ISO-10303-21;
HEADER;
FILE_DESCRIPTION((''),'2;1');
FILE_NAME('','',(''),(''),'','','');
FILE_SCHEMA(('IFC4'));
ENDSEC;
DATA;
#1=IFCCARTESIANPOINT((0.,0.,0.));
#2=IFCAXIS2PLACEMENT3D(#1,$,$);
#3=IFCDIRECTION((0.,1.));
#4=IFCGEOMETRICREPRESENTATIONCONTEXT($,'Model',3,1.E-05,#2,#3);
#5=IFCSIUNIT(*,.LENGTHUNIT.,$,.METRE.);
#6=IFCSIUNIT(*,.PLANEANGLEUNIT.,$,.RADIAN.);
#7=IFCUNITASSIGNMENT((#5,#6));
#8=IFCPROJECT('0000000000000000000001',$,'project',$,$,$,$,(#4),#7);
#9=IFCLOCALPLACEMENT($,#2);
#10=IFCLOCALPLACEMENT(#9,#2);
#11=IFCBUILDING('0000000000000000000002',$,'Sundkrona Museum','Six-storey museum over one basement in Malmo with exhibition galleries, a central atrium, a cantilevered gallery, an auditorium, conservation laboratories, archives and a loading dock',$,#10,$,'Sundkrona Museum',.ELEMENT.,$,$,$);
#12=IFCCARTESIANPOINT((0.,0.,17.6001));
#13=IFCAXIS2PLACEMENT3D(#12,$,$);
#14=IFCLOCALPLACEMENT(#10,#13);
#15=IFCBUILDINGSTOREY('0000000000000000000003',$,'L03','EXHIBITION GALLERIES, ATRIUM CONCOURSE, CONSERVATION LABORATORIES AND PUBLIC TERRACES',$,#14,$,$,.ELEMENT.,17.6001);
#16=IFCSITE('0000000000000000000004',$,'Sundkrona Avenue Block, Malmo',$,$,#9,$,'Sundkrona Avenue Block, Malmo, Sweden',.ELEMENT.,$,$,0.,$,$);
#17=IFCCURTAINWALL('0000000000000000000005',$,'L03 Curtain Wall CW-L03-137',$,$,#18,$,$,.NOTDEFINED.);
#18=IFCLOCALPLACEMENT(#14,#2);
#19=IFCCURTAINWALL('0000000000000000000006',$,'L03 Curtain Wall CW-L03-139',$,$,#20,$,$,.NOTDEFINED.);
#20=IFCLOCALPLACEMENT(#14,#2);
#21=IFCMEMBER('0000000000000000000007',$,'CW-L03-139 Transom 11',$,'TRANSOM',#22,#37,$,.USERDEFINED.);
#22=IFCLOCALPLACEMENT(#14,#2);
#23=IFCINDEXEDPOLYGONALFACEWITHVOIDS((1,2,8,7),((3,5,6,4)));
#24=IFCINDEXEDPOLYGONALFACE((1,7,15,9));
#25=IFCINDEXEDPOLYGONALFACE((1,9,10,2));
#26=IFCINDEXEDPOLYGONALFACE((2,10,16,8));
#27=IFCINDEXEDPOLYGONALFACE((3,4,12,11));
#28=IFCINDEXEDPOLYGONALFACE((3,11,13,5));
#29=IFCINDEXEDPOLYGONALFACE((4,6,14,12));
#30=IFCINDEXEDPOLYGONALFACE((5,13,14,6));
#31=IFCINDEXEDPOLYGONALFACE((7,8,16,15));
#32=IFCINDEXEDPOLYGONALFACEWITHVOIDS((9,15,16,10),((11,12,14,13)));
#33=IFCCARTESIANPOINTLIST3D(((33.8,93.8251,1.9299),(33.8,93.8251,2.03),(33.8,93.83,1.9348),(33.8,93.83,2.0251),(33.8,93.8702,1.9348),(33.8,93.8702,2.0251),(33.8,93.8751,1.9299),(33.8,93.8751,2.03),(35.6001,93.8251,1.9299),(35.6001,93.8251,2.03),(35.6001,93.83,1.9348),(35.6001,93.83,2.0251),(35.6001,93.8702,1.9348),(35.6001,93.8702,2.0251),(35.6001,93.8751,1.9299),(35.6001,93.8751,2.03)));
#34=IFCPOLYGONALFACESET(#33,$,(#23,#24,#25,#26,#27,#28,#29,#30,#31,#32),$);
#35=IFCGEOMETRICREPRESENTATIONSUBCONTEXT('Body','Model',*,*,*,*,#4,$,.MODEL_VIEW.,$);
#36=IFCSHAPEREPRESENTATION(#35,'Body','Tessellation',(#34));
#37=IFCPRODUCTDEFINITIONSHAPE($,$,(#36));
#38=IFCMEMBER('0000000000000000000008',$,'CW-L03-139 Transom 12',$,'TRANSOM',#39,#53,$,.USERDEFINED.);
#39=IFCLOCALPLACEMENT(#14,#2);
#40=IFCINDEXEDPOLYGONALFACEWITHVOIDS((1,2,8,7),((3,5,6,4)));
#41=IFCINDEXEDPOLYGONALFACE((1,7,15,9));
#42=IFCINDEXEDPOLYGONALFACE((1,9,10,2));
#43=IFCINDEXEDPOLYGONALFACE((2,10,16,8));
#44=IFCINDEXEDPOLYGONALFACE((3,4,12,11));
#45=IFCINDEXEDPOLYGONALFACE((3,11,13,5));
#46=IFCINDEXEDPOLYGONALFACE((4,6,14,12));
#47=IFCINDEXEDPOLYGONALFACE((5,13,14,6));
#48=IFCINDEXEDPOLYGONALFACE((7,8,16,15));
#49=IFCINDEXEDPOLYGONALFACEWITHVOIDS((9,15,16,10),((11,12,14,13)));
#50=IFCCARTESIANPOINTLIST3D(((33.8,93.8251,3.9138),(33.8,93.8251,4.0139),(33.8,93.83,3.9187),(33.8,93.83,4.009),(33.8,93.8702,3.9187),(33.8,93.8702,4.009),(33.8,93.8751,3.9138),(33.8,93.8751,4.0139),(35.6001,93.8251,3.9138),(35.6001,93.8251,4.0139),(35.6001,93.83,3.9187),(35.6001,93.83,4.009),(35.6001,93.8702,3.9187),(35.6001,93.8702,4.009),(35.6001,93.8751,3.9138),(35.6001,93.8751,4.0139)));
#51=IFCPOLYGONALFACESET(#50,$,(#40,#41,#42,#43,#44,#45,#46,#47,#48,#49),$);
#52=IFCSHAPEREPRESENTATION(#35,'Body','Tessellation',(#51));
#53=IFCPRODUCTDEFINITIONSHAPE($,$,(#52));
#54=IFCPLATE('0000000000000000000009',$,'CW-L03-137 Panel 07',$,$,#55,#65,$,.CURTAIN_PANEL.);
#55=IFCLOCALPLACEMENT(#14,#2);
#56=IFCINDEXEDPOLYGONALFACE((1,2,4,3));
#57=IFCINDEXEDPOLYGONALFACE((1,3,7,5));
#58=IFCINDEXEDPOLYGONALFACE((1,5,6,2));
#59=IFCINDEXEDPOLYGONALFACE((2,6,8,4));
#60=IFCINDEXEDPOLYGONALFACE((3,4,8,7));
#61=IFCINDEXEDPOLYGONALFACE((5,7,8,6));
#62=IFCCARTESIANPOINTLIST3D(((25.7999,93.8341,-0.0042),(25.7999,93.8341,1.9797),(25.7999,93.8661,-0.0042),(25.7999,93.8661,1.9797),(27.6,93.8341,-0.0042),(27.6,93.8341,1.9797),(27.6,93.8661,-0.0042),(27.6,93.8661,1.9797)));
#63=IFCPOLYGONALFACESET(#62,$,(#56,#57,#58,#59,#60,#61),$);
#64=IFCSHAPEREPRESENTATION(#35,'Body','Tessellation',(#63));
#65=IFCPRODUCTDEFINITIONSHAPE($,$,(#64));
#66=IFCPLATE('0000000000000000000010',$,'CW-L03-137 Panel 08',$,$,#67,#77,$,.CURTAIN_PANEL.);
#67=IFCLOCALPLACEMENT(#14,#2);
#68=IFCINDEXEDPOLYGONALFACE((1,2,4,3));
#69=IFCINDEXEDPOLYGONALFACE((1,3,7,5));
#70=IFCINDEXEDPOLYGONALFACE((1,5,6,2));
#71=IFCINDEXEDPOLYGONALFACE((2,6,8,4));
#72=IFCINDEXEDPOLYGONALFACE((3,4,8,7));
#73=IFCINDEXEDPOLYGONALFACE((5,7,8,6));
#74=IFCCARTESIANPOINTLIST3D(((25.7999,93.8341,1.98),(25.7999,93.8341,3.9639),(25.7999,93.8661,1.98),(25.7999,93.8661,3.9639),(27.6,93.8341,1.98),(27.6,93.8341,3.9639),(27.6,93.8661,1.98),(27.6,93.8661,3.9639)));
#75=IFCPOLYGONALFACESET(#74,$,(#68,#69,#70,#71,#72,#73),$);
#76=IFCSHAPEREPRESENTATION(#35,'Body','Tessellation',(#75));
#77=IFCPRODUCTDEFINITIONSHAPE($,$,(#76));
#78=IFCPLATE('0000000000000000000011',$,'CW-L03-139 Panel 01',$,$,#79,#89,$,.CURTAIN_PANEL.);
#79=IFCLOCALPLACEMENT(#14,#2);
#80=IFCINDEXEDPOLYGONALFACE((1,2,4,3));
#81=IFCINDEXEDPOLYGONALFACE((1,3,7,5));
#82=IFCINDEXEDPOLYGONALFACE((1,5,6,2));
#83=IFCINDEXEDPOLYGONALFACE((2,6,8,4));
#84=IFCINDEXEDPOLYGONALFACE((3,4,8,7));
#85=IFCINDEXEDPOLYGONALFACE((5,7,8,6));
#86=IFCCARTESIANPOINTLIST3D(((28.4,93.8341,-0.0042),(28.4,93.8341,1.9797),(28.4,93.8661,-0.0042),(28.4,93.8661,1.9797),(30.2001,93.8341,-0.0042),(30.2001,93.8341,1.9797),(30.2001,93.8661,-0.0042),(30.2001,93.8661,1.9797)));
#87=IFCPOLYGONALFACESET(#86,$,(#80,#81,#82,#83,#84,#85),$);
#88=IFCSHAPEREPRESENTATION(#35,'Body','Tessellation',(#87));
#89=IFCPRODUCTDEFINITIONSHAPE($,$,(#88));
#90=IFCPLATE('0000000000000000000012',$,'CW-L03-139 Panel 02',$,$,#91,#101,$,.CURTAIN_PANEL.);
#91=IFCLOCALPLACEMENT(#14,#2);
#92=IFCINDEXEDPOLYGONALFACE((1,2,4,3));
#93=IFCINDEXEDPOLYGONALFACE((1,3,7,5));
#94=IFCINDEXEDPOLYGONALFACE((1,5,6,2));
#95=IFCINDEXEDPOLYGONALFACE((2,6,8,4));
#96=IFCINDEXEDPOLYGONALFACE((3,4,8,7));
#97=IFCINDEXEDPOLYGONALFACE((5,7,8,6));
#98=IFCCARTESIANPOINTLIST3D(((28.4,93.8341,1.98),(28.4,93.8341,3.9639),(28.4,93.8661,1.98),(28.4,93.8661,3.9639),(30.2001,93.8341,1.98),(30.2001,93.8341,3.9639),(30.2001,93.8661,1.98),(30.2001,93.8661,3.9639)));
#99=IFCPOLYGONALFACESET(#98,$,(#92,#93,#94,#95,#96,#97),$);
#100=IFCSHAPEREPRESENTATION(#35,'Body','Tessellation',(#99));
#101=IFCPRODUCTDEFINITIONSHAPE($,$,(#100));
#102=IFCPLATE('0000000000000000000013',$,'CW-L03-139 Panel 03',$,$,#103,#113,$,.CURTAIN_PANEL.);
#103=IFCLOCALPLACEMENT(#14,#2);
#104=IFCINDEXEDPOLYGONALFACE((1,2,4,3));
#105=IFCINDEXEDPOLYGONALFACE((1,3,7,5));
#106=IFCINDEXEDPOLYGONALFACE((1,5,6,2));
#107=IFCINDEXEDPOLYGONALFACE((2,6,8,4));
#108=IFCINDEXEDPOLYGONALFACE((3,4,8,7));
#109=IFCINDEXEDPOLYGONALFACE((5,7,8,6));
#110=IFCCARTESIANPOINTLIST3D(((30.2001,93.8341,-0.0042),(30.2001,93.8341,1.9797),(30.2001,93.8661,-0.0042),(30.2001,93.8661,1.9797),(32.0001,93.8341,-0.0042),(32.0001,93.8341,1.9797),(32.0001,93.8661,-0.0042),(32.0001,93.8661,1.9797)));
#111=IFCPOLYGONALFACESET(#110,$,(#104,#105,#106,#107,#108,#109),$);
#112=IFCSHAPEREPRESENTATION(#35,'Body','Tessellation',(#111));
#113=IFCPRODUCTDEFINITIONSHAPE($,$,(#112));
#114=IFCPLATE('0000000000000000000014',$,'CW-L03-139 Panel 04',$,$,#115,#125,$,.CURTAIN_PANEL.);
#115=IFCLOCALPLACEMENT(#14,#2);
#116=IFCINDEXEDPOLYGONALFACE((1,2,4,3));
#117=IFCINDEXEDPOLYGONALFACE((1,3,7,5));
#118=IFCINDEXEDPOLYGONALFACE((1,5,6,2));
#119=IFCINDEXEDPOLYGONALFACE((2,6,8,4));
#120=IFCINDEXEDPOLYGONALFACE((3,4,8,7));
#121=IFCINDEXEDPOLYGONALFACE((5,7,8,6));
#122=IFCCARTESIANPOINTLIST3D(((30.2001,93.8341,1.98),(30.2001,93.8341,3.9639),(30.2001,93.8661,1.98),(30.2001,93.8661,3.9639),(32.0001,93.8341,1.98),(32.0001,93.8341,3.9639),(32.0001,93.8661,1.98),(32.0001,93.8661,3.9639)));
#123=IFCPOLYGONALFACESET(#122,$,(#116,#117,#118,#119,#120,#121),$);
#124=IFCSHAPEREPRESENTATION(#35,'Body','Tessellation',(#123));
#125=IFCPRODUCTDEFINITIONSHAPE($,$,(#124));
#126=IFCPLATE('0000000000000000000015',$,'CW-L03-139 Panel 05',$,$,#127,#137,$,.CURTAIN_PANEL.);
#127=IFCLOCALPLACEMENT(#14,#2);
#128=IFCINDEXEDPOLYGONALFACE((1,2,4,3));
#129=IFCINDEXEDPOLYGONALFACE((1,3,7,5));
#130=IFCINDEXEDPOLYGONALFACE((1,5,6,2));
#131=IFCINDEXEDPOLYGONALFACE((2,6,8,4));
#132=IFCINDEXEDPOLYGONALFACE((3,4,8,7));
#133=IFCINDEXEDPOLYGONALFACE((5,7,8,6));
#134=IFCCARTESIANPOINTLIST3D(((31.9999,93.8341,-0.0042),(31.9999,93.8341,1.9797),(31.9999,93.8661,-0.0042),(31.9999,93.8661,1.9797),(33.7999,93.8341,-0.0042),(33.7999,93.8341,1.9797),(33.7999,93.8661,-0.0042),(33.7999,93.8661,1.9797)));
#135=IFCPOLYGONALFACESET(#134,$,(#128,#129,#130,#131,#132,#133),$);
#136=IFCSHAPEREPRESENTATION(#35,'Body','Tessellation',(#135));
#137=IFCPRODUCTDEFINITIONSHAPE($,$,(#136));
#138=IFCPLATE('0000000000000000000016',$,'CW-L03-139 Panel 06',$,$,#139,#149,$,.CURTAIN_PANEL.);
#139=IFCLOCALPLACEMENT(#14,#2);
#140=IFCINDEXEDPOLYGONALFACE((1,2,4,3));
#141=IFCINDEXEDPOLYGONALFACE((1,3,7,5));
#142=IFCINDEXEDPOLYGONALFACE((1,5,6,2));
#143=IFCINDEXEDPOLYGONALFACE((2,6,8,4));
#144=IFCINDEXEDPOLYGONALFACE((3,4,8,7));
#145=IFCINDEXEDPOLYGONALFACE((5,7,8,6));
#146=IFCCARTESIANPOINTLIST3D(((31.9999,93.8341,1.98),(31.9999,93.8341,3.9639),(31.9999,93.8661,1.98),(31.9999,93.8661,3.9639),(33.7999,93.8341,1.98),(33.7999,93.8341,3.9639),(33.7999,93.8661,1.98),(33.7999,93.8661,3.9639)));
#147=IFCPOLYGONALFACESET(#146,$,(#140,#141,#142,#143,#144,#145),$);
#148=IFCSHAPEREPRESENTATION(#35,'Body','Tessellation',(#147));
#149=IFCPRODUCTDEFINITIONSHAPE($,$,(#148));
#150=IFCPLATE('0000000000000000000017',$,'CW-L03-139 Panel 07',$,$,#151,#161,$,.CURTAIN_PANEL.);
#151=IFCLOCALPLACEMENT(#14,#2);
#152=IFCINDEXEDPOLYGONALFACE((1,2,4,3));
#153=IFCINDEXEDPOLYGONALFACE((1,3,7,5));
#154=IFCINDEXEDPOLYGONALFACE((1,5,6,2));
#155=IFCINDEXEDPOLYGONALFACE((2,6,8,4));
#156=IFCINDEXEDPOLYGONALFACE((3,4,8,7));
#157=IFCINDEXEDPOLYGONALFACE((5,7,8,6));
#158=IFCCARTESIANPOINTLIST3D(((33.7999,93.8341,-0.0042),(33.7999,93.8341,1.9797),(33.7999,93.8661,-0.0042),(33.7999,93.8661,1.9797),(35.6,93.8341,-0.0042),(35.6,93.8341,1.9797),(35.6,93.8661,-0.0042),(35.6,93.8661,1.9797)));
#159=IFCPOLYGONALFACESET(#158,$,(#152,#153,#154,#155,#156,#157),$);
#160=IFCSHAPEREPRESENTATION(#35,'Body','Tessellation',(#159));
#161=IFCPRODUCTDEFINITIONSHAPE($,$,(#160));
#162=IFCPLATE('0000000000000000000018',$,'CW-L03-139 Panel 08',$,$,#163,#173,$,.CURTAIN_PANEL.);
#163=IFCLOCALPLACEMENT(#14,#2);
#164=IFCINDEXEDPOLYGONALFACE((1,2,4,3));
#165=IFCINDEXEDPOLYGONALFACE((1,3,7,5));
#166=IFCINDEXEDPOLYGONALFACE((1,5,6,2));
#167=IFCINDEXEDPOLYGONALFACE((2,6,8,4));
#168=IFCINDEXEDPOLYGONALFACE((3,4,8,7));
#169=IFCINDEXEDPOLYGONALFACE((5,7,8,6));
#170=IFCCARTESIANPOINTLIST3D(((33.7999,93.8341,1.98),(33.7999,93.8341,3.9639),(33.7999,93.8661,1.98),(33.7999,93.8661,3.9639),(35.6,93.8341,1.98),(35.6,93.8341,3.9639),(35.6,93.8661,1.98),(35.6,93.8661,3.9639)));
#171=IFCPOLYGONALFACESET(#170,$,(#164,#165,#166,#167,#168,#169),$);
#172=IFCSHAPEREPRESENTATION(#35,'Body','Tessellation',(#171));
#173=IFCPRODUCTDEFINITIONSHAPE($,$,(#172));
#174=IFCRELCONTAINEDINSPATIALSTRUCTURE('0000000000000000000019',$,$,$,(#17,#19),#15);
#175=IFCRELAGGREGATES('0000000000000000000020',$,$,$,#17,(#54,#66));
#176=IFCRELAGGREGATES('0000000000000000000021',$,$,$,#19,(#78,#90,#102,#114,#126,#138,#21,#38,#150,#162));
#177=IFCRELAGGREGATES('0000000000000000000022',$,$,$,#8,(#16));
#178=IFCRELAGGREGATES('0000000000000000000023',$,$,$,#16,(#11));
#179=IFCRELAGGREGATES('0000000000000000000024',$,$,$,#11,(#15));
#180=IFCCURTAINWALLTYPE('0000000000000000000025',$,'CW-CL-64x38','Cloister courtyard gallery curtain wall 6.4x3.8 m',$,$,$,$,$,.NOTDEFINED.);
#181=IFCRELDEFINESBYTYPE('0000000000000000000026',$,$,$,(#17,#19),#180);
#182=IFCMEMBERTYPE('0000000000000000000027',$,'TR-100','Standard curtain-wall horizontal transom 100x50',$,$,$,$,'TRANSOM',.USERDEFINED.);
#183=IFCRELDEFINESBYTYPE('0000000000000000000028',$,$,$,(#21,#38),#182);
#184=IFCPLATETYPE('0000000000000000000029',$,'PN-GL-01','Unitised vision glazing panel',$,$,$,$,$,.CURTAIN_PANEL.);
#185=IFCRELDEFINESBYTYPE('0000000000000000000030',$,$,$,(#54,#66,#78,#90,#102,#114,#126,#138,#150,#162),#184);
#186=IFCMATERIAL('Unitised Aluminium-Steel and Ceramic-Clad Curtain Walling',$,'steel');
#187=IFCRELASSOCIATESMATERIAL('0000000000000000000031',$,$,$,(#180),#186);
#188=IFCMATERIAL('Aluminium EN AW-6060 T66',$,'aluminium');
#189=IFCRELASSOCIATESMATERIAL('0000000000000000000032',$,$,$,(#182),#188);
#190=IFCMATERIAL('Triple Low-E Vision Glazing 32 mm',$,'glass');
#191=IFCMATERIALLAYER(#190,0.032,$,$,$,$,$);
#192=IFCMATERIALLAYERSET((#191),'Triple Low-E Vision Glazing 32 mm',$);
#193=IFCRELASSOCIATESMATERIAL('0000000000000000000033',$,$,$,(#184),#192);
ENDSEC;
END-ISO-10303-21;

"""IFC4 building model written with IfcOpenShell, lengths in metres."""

from ifc_helpers import new_model, si_unit, direction, frame, origin, origin_2d, place, context, subcontext, project, spatial, rectangle, hollow_rectangle, extrude, material, layer, layer_set, material_profile, profile_set, type_object, element, aggregate, save


model = new_model("IFC4")

# Units and contexts
model_context = context("Model", 3, precision=1e-05, world=origin(), true_north=direction((0.0, 1.0)))
body_context = subcontext(model_context, "Body", "Model", "MODEL_VIEW")
ifc_project = project(units=[si_unit("LENGTHUNIT", "METRE"), si_unit("PLANEANGLEUNIT", "RADIAN")], contexts=[model_context])

# Site, building, storey
site_placement = place(None, origin())
site = spatial("IfcSite", under=ifc_project, at=site_placement, Name="Sundkrona Avenue Block, Malmo", LongName="Sundkrona Avenue Block, Malmo, Sweden", CompositionType="ELEMENT", RefElevation=0.0)
building_placement = place(site_placement, origin())
building = spatial("IfcBuilding", under=site, at=building_placement, Name="Sundkrona Museum", Description="Six-storey museum over one basement in Malmo with exhibition galleries, a central atrium, a cantilevered gallery, an auditorium, conservation laboratories, archives and a loading dock", LongName="Sundkrona Museum", CompositionType="ELEMENT")
storey_placement = place(building_placement, frame((0.0, 0.0, 17.6001)))
storey = spatial("IfcBuildingStorey", under=building, at=storey_placement, Name="L03", Description="EXHIBITION GALLERIES, ATRIUM CONCOURSE, CONSERVATION LABORATORIES AND PUBLIC TERRACES", CompositionType="ELEMENT", Elevation=17.6001)

# Curtain wall
ifc_material_1 = material(Name="Unitised Aluminium-Steel and Ceramic-Clad Curtain Walling", Category="steel")
curtain_wall_type = type_object("IfcCurtainWallType", Name="CW-CL-64x38", Description="Cloister courtyard gallery curtain wall 6.4x3.8 m", PredefinedType="NOTDEFINED", material=ifc_material_1)
curtain_wall_1_placement = place(storey_placement, origin())
curtain_wall_1 = element("IfcCurtainWall", 1, at=curtain_wall_1_placement, inside=storey, type_object=curtain_wall_type, Name="L03 Curtain Wall CW-L03-137", PredefinedType="NOTDEFINED")
ifc_material_2 = material(Name="Aluminium EN AW-6060 T66", Category="aluminium")

# Curtain wall, members
curtain_wall_2_placement = place(storey_placement, origin())
curtain_wall_2 = element("IfcCurtainWall", 2, at=curtain_wall_2_placement, inside=storey, type_object=curtain_wall_type, Name="L03 Curtain Wall CW-L03-139", PredefinedType="NOTDEFINED")
ifc_material_profile_1 = material_profile(ifc_material_2, hollow_rectangle(XDim=0.05, YDim=0.1001, WallThickness=0.0049, at=origin_2d()), Name="RHS 100x50x5.0")
ifc_profile_set_1 = profile_set([ifc_material_profile_1], Name="Aluminium EN AW-6060 T66")
member_type_1 = type_object("IfcMemberType", Name="TR-100", Description="Standard curtain-wall horizontal transom 100x50", ElementType="TRANSOM", PredefinedType="USERDEFINED", material=ifc_profile_set_1)
member_1_placement = place(storey_placement, frame((33.8, 93.8501, 1.98), z_axis=(1.0, 0.0, 0.0), x_axis=(0.0, 1.0, 0.0)))
member_1 = element("IfcMember", 3, at=member_1_placement, type_object=member_type_1, Name="CW-L03-139 Transom 11", ObjectType="TRANSOM", PredefinedType="USERDEFINED", context=body_context, shape_type="SweptSolid", body=[
    extrude(hollow_rectangle(XDim=0.05, YDim=0.1001, WallThickness=0.0049, at=origin_2d()), origin(), (0.0, 0.0, 1.0), 1.8),
])
member_2_placement = place(storey_placement, frame((33.8, 93.8501, 3.9639), z_axis=(1.0, 0.0, 0.0), x_axis=(0.0, 1.0, 0.0)))
member_2 = element("IfcMember", 4, at=member_2_placement, type_object=member_type_1, Name="CW-L03-139 Transom 12", ObjectType="TRANSOM", PredefinedType="USERDEFINED", context=body_context, shape_type="SweptSolid", body=[
    extrude(hollow_rectangle(XDim=0.05, YDim=0.1001, WallThickness=0.0049, at=origin_2d()), origin(), (0.0, 0.0, 1.0), 1.8),
])

# Plates
ifc_material_3 = material(Name="Triple Low-E Vision Glazing 32 mm", Category="glass")
ifc_layer = layer(ifc_material_3, 0.032)
ifc_layer_set = layer_set([ifc_layer], Name="Triple Low-E Vision Glazing 32 mm")
plate_type = type_object("IfcPlateType", Name="PN-GL-01", Description="Unitised vision glazing panel", PredefinedType="CURTAIN_PANEL", material=ifc_layer_set)
plate_1_placement = place(storey_placement, frame((26.7, 93.8501, -0.0042), z_axis=(0.0, 0.0, 1.0), x_axis=(1.0, 0.0, 0.0)))
plate_1 = element("IfcPlate", 5, at=plate_1_placement, type_object=plate_type, Name="CW-L03-137 Panel 07", PredefinedType="CURTAIN_PANEL", context=body_context, shape_type="SweptSolid", body=[
    extrude(rectangle(XDim=1.8, YDim=0.032, at=origin_2d()), origin(), (0.0, 0.0, 1.0), 1.9839),
])
plate_2_placement = place(storey_placement, frame((26.7, 93.8501, 1.98), z_axis=(0.0, 0.0, 1.0), x_axis=(1.0, 0.0, 0.0)))
plate_2 = element("IfcPlate", 6, at=plate_2_placement, type_object=plate_type, Name="CW-L03-137 Panel 08", PredefinedType="CURTAIN_PANEL", context=body_context, shape_type="SweptSolid", body=[
    extrude(rectangle(XDim=1.8, YDim=0.032, at=origin_2d()), origin(), (0.0, 0.0, 1.0), 1.9839),
])
aggregate(curtain_wall_1, [plate_1, plate_2])
plate_3_placement = place(storey_placement, frame((29.3, 93.8501, -0.0042), z_axis=(0.0, 0.0, 1.0), x_axis=(1.0, 0.0, 0.0)))
plate_3 = element("IfcPlate", 7, at=plate_3_placement, type_object=plate_type, Name="CW-L03-139 Panel 01", PredefinedType="CURTAIN_PANEL", context=body_context, shape_type="SweptSolid", body=[
    extrude(rectangle(XDim=1.8, YDim=0.032, at=origin_2d()), origin(), (0.0, 0.0, 1.0), 1.9839),
])
plate_4_placement = place(storey_placement, frame((29.3, 93.8501, 1.98), z_axis=(0.0, 0.0, 1.0), x_axis=(1.0, 0.0, 0.0)))
plate_4 = element("IfcPlate", 8, at=plate_4_placement, type_object=plate_type, Name="CW-L03-139 Panel 02", PredefinedType="CURTAIN_PANEL", context=body_context, shape_type="SweptSolid", body=[
    extrude(rectangle(XDim=1.8, YDim=0.032, at=origin_2d()), origin(), (0.0, 0.0, 1.0), 1.9839),
])
plate_5_placement = place(storey_placement, frame((31.1001, 93.8501, -0.0042), z_axis=(0.0, 0.0, 1.0), x_axis=(1.0, 0.0, 0.0)))
plate_5 = element("IfcPlate", 9, at=plate_5_placement, type_object=plate_type, Name="CW-L03-139 Panel 03", PredefinedType="CURTAIN_PANEL", context=body_context, shape_type="SweptSolid", body=[
    extrude(rectangle(XDim=1.8, YDim=0.032, at=origin_2d()), origin(), (0.0, 0.0, 1.0), 1.9839),
])
plate_6_placement = place(storey_placement, frame((31.1001, 93.8501, 1.98), z_axis=(0.0, 0.0, 1.0), x_axis=(1.0, 0.0, 0.0)))
plate_6 = element("IfcPlate", 10, at=plate_6_placement, type_object=plate_type, Name="CW-L03-139 Panel 04", PredefinedType="CURTAIN_PANEL", context=body_context, shape_type="SweptSolid", body=[
    extrude(rectangle(XDim=1.8, YDim=0.032, at=origin_2d()), origin(), (0.0, 0.0, 1.0), 1.9839),
])
plate_7_placement = place(storey_placement, frame((32.8999, 93.8501, -0.0042), z_axis=(0.0, 0.0, 1.0), x_axis=(1.0, 0.0, 0.0)))
plate_7 = element("IfcPlate", 11, at=plate_7_placement, type_object=plate_type, Name="CW-L03-139 Panel 05", PredefinedType="CURTAIN_PANEL", context=body_context, shape_type="SweptSolid", body=[
    extrude(rectangle(XDim=1.8, YDim=0.032, at=origin_2d()), origin(), (0.0, 0.0, 1.0), 1.9839),
])
plate_8_placement = place(storey_placement, frame((32.8999, 93.8501, 1.98), z_axis=(0.0, 0.0, 1.0), x_axis=(1.0, 0.0, 0.0)))
plate_8 = element("IfcPlate", 12, at=plate_8_placement, type_object=plate_type, Name="CW-L03-139 Panel 06", PredefinedType="CURTAIN_PANEL", context=body_context, shape_type="SweptSolid", body=[
    extrude(rectangle(XDim=1.8, YDim=0.032, at=origin_2d()), origin(), (0.0, 0.0, 1.0), 1.9839),
])
plate_9_placement = place(storey_placement, frame((34.7, 93.8501, -0.0042), z_axis=(0.0, 0.0, 1.0), x_axis=(1.0, 0.0, 0.0)))
plate_9 = element("IfcPlate", 13, at=plate_9_placement, type_object=plate_type, Name="CW-L03-139 Panel 07", PredefinedType="CURTAIN_PANEL", context=body_context, shape_type="SweptSolid", body=[
    extrude(rectangle(XDim=1.8, YDim=0.032, at=origin_2d()), origin(), (0.0, 0.0, 1.0), 1.9839),
])
plate_10_placement = place(storey_placement, frame((34.7, 93.8501, 1.98), z_axis=(0.0, 0.0, 1.0), x_axis=(1.0, 0.0, 0.0)))
plate_10 = element("IfcPlate", 14, at=plate_10_placement, type_object=plate_type, Name="CW-L03-139 Panel 08", PredefinedType="CURTAIN_PANEL", context=body_context, shape_type="SweptSolid", body=[
    extrude(rectangle(XDim=1.8, YDim=0.032, at=origin_2d()), origin(), (0.0, 0.0, 1.0), 1.9839),
])
aggregate(curtain_wall_2, [plate_3, plate_4, plate_5, plate_6, plate_7, plate_8, member_1, member_2, plate_9, plate_10])

save(model, "model.ifc")
